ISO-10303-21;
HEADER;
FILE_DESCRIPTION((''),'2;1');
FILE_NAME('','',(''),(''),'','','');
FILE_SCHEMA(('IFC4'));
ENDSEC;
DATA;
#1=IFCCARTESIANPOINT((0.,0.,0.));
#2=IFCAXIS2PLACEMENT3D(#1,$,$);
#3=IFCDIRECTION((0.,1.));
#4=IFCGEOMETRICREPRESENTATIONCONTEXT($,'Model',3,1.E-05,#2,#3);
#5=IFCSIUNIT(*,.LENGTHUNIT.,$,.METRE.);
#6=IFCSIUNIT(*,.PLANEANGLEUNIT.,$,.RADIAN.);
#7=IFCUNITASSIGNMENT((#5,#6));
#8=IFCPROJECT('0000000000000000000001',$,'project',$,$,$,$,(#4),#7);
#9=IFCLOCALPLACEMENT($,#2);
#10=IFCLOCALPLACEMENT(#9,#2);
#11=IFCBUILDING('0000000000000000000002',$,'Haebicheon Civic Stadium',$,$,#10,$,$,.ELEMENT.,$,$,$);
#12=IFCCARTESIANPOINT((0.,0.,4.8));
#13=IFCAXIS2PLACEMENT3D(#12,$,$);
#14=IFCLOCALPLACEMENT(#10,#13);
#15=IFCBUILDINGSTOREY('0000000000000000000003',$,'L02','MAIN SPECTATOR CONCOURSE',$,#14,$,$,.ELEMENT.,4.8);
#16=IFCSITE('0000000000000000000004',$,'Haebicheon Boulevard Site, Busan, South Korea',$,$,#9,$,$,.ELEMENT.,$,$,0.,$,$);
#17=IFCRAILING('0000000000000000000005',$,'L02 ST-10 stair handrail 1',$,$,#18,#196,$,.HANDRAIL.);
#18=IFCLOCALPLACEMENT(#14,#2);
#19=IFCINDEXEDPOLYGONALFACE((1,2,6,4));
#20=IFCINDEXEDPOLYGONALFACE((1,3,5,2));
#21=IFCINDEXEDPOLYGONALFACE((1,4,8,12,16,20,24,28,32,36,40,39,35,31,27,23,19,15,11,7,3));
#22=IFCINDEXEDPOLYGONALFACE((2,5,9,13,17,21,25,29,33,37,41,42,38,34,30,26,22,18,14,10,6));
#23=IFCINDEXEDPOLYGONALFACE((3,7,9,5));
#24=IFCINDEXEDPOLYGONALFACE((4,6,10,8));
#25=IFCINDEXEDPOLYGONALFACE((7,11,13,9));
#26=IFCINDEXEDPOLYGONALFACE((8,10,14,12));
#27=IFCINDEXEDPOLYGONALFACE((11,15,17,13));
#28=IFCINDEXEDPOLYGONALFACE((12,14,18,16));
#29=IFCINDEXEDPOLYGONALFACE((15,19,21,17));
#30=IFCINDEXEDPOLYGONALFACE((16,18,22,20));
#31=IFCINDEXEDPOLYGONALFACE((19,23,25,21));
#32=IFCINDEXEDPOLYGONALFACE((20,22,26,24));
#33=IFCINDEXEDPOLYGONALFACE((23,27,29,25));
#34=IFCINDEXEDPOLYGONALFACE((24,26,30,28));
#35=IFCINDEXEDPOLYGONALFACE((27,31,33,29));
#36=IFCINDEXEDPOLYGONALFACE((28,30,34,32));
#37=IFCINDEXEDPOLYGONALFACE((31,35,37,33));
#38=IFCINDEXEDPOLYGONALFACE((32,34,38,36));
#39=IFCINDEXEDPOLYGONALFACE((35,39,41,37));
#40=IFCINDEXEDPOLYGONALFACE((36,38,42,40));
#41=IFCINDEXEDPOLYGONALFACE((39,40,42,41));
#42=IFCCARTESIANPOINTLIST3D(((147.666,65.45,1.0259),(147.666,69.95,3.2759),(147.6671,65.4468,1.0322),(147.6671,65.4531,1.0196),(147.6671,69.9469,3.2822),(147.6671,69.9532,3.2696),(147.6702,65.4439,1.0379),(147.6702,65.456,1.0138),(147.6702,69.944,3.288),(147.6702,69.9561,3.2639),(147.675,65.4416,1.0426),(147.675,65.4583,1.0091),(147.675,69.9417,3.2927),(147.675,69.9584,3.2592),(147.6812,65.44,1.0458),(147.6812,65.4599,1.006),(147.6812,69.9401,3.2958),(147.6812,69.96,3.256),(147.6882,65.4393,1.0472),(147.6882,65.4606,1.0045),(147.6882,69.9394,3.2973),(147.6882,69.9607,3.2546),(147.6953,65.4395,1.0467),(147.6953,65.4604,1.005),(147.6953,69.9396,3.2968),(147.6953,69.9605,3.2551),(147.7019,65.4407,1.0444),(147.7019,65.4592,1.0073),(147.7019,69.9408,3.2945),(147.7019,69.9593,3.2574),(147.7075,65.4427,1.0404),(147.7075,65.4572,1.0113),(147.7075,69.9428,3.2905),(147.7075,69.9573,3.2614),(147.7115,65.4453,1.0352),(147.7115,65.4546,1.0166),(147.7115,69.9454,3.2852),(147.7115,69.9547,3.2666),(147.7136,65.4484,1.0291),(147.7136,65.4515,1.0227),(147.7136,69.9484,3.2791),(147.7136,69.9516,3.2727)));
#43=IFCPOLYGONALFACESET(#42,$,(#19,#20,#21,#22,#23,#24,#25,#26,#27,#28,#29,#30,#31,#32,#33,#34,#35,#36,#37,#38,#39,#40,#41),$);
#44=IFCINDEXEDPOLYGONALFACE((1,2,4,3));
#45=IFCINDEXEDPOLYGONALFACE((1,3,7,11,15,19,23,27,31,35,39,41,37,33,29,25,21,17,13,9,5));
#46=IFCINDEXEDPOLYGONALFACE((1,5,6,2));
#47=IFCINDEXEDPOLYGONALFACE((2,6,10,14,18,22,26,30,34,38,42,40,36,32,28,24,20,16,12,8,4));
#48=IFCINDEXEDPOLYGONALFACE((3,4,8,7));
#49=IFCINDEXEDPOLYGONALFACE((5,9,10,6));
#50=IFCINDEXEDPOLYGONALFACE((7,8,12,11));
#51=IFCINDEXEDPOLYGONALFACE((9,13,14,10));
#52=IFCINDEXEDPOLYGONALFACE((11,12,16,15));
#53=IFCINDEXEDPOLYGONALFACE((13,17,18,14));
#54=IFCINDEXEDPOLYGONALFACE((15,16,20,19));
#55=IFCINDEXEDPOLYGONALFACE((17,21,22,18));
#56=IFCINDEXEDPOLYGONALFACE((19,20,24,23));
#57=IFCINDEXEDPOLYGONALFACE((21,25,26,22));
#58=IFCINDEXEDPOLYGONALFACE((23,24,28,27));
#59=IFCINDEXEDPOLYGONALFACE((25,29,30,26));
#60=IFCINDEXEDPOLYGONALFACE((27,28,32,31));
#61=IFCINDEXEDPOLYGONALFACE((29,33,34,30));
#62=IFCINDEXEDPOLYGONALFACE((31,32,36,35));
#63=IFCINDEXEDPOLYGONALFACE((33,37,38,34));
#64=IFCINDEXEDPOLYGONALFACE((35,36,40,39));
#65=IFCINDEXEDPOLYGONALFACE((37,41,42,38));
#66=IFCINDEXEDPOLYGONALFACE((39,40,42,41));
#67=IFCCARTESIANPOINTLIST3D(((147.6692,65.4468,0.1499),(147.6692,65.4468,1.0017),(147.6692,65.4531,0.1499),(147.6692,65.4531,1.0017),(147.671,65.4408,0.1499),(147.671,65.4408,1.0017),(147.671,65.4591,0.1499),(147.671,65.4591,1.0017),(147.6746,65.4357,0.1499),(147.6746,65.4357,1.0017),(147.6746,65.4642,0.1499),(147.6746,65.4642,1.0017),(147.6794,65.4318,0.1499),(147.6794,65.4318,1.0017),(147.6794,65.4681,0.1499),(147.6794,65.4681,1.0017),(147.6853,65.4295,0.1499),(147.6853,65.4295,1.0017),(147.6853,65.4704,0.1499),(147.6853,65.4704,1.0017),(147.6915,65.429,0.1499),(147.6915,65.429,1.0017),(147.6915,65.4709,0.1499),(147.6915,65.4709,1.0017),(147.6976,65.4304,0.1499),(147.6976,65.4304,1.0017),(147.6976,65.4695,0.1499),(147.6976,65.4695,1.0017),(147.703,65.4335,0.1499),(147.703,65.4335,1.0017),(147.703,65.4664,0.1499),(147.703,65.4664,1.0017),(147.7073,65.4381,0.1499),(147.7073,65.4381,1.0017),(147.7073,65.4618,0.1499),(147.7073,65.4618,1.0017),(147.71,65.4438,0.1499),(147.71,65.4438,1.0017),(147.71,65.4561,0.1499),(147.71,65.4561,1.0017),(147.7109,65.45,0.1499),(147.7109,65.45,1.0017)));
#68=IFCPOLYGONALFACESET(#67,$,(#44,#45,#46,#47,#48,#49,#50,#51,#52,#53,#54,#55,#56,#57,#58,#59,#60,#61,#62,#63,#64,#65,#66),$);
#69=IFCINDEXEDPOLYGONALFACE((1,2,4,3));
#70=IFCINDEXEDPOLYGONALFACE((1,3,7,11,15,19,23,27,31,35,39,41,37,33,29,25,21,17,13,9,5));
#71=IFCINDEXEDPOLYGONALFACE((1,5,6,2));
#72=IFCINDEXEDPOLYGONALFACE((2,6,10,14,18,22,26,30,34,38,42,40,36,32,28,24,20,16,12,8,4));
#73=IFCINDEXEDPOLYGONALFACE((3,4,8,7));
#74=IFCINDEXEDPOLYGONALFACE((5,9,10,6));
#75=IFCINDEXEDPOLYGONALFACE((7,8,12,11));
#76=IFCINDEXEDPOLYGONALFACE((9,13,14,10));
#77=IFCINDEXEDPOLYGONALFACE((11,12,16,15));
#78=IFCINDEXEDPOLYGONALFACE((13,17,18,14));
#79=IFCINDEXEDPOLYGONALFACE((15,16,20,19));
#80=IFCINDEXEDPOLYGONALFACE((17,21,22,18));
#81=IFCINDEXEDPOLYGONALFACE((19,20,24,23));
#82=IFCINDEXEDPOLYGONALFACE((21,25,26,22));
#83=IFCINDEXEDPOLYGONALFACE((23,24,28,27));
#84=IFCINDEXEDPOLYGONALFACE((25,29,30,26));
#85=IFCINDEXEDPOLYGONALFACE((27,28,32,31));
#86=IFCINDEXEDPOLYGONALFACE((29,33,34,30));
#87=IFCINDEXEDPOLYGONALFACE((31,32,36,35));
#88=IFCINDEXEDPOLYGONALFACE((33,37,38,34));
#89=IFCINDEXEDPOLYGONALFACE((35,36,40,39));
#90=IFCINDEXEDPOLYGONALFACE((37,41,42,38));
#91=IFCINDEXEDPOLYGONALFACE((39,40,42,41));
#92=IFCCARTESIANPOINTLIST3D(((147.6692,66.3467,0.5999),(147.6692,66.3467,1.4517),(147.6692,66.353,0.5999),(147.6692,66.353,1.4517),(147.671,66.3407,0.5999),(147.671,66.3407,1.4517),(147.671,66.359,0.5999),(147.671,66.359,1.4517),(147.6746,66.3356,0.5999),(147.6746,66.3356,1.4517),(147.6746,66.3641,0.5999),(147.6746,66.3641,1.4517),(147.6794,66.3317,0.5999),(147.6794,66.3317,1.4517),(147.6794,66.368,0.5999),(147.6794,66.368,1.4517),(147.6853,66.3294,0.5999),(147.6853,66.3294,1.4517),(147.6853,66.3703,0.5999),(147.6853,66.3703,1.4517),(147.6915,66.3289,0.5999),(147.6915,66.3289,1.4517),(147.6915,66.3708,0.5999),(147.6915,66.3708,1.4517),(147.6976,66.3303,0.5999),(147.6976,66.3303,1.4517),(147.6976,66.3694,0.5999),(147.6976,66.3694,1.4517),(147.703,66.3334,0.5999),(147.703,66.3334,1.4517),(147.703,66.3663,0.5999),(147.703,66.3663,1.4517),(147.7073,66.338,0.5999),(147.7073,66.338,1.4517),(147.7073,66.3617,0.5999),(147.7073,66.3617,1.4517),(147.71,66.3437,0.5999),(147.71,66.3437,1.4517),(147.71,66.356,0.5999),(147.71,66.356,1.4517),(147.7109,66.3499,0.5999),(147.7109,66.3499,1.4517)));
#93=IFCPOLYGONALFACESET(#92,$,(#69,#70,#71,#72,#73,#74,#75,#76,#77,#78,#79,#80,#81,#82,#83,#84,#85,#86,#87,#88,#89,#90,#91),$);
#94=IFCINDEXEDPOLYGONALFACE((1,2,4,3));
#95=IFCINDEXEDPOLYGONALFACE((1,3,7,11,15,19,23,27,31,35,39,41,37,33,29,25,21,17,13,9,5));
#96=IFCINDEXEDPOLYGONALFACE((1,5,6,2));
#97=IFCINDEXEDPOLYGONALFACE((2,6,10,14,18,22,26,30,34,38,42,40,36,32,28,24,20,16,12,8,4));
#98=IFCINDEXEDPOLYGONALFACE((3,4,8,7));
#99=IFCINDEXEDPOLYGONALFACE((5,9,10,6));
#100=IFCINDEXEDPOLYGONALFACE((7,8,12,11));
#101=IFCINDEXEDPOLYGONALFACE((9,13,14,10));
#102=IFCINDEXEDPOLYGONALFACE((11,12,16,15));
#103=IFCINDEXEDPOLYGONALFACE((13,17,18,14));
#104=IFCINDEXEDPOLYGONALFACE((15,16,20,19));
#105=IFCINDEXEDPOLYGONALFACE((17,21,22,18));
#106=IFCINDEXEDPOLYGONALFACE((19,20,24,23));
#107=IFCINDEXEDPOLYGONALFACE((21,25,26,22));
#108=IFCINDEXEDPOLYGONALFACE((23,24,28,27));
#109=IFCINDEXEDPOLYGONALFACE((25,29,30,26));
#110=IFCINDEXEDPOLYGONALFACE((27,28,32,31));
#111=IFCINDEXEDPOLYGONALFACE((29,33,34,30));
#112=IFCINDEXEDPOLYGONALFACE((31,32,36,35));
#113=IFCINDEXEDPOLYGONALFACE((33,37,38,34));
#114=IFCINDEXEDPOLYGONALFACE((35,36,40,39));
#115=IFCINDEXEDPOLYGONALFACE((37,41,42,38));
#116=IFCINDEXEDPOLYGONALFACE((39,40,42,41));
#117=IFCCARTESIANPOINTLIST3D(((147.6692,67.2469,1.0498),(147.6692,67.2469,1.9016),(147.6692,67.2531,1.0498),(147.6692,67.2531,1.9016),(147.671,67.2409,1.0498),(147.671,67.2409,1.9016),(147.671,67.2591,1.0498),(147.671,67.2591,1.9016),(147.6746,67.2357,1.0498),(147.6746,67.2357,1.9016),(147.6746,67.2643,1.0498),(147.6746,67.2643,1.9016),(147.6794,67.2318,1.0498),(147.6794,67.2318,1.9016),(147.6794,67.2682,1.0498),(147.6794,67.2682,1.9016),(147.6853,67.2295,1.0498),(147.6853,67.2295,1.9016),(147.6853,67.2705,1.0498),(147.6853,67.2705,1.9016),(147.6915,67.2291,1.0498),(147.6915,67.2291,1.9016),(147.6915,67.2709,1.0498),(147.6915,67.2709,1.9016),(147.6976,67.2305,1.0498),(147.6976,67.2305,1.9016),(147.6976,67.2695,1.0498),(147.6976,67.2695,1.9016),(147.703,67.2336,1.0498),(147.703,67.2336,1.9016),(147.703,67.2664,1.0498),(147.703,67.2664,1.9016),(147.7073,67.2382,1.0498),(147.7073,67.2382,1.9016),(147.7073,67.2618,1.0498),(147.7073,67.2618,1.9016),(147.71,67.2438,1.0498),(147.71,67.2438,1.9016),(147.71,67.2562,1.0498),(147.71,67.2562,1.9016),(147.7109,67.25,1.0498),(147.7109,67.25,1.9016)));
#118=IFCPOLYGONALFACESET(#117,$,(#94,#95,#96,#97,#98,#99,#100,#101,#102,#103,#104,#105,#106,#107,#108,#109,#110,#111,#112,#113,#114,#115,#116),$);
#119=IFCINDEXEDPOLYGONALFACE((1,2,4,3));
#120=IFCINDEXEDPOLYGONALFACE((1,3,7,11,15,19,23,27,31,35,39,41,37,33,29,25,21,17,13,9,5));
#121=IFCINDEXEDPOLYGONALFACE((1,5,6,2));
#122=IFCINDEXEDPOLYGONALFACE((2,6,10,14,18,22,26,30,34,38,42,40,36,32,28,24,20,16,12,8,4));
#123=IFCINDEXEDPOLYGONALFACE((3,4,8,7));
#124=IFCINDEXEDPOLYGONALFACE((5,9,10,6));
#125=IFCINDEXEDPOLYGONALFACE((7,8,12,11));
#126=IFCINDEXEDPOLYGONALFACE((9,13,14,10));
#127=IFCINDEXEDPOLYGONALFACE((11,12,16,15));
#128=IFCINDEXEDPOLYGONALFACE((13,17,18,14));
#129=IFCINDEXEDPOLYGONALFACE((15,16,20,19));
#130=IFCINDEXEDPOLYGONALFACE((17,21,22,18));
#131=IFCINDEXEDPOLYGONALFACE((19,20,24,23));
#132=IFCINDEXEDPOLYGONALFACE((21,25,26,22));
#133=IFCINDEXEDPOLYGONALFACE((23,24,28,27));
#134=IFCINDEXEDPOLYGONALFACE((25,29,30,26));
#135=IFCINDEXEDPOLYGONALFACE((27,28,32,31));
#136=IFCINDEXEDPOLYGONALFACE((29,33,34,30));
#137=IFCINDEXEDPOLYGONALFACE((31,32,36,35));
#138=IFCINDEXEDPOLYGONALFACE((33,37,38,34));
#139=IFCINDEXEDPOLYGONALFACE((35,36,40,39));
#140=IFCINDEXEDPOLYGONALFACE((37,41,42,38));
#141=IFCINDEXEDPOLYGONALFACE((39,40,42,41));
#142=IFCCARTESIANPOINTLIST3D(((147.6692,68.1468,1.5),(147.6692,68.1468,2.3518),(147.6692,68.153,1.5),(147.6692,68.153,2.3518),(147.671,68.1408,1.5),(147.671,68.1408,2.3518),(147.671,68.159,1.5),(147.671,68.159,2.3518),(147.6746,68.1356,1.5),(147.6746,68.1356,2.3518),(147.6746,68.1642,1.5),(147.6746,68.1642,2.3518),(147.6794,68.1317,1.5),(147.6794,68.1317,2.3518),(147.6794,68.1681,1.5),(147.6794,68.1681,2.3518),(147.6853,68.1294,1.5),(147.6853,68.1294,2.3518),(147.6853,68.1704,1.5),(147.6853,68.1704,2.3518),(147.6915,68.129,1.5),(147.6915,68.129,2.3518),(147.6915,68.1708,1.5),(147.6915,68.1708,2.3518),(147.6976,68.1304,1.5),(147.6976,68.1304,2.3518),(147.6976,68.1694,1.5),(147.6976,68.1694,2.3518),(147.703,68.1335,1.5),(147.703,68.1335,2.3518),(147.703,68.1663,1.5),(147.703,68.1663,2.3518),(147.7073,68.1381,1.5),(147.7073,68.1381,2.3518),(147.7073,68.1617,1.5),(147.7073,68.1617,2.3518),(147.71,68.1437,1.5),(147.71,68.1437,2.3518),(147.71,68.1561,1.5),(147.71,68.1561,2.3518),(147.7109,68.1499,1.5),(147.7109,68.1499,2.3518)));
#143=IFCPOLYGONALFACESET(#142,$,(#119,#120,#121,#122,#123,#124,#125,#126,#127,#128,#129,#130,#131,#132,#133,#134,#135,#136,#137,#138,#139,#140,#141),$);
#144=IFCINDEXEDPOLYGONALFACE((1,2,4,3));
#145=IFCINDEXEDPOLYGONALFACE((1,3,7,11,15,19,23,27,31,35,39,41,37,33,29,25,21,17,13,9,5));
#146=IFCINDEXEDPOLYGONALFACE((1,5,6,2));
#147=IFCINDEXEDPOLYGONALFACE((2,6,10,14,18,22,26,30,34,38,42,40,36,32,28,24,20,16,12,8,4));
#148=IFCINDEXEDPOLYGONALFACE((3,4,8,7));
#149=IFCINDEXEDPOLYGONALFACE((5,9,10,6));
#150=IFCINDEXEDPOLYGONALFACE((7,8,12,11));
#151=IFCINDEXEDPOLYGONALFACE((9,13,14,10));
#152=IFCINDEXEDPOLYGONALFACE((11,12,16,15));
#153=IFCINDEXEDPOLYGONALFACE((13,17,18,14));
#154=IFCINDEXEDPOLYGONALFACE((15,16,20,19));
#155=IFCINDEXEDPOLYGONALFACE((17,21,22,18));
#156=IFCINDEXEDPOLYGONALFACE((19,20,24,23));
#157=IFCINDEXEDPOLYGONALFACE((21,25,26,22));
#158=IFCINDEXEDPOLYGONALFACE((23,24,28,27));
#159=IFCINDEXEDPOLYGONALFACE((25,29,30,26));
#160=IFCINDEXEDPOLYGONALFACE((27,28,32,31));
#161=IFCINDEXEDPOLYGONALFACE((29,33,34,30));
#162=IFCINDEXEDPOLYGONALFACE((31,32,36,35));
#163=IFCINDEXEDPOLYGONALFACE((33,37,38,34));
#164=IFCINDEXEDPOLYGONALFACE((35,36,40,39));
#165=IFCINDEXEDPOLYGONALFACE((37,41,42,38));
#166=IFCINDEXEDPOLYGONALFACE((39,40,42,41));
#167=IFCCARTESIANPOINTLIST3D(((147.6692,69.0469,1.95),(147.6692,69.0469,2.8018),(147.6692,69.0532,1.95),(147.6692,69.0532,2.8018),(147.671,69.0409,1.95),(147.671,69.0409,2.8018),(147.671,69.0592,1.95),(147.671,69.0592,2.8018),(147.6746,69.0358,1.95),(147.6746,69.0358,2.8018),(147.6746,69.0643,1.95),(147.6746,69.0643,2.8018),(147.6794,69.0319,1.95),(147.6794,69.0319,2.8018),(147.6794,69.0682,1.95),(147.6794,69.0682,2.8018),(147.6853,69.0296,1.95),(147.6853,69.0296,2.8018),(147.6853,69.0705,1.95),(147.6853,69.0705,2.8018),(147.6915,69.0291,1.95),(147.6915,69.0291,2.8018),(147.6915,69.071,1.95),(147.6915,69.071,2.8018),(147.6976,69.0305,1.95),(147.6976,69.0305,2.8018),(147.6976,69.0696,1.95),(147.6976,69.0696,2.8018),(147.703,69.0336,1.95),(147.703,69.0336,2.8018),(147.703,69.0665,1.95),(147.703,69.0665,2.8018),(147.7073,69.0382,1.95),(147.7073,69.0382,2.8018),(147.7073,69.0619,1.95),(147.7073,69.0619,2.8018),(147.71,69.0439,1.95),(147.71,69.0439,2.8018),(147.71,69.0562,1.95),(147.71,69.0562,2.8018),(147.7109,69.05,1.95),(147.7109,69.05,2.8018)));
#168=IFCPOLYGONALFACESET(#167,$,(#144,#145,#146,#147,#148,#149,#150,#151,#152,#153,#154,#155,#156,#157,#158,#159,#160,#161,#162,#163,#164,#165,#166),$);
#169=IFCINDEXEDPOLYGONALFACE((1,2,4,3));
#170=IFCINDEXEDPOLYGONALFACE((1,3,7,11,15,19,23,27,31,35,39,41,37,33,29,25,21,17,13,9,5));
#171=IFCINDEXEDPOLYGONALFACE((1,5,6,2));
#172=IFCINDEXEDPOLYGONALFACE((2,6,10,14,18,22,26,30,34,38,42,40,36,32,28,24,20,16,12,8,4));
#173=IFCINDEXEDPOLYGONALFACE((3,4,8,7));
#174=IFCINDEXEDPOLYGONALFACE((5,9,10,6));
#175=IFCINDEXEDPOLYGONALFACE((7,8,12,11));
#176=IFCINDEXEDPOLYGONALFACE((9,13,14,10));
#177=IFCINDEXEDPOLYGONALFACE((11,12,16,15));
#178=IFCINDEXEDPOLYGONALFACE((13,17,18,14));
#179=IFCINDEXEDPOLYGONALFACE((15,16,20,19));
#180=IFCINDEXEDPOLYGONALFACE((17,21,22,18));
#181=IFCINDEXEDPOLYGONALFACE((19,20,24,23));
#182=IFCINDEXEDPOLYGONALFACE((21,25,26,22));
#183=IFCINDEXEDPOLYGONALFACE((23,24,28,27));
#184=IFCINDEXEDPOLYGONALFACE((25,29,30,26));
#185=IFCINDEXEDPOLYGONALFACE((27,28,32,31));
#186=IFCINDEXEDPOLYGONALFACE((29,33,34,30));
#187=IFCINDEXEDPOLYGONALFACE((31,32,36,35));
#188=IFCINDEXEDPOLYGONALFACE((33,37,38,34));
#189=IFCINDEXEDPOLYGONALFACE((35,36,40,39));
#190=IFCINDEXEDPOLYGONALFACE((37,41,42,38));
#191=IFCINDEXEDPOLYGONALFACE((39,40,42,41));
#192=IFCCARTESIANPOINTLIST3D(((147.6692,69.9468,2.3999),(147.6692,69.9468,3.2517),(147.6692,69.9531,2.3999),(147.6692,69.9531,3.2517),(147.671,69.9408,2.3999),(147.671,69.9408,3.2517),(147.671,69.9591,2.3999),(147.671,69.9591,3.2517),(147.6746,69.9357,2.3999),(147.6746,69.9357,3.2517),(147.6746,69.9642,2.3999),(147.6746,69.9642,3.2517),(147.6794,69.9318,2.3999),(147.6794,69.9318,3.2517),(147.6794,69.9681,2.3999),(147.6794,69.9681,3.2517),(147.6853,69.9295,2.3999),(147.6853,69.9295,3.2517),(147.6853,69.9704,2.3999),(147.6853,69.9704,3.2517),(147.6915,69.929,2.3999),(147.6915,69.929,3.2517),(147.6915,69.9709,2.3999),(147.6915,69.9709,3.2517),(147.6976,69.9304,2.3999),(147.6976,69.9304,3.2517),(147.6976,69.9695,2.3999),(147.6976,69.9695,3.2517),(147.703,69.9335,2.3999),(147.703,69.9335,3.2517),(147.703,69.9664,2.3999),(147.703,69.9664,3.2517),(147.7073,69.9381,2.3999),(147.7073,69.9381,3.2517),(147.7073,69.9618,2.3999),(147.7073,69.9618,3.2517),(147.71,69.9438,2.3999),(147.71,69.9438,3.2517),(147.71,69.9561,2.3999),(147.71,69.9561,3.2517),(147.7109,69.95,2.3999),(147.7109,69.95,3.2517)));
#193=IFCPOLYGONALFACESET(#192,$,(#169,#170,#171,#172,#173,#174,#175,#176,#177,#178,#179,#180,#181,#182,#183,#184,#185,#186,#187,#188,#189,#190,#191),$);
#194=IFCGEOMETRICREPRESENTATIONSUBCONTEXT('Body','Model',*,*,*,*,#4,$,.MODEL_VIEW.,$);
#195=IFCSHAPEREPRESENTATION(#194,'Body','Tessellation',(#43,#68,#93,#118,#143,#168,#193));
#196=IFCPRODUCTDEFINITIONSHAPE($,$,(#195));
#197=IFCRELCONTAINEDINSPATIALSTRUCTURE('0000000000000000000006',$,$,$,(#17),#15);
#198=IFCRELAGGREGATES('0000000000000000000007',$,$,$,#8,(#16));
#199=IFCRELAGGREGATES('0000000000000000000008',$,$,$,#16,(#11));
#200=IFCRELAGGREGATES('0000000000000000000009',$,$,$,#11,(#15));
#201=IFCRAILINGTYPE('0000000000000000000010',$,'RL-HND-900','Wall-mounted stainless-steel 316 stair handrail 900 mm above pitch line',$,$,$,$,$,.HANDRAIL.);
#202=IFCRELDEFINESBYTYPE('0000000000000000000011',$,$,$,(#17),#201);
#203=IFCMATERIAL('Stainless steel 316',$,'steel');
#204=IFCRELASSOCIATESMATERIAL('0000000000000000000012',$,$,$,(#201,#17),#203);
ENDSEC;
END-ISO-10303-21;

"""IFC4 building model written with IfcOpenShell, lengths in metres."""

from ifc_helpers import new_model, si_unit, direction, frame, origin, origin_2d, place, context, subcontext, project, spatial, circle, extrude, material, type_object, element, save


model = new_model("IFC4")

# Units and contexts
model_context = context("Model", 3, precision=1e-05, world=origin(), true_north=direction((0.0, 1.0)))
body_context = subcontext(model_context, "Body", "Model", "MODEL_VIEW")
ifc_project = project(units=[si_unit("LENGTHUNIT", "METRE"), si_unit("PLANEANGLEUNIT", "RADIAN")], contexts=[model_context])

# Site, building, storey
site_placement = place(None, origin())
site = spatial("IfcSite", under=ifc_project, at=site_placement, Name="Haebicheon Boulevard Site, Busan, South Korea", CompositionType="ELEMENT", RefElevation=0.0)
building_placement = place(site_placement, origin())
building = spatial("IfcBuilding", under=site, at=building_placement, Name="Haebicheon Civic Stadium", CompositionType="ELEMENT")
storey_placement = place(building_placement, frame((0.0, 0.0, 4.8)))
storey = spatial("IfcBuildingStorey", under=building, at=storey_placement, Name="L02", Description="MAIN SPECTATOR CONCOURSE", CompositionType="ELEMENT", Elevation=4.8)

# Railing
ifc_material_1 = material(Name="Stainless steel 316", Category="steel")
railing_type_1 = type_object("IfcRailingType", Name="RL-HND-900", Description="Wall-mounted stainless-steel 316 stair handrail 900 mm above pitch line", PredefinedType="HANDRAIL", material=ifc_material_1)
railing_1_placement = place(storey_placement, frame((147.6899, 65.45, 0.1499)))
element("IfcRailing", 1, at=railing_1_placement, inside=storey, type_object=railing_type_1, material=ifc_material_1, Name="L02 ST-10 stair handrail 1", PredefinedType="HANDRAIL", context=body_context, shape_type="SweptSolid", body=[
    extrude(circle(Radius=0.0239, at=origin_2d()), frame((0.0, 0.0, 0.876), z_axis=(0.0, 0.894427, 0.447214), x_axis=(-1.0, 0.0, 0.0)), (0.0, 0.0, 1.0), 5.0312),
    extrude(circle(Radius=0.021, at=origin_2d()), origin(), (0.0, 0.0, 1.0), 0.8518),
    extrude(circle(Radius=0.021, at=origin_2d()), frame((0.0, 0.8999, 0.45)), (0.0, 0.0, 1.0), 0.8518),
    extrude(circle(Radius=0.021, at=origin_2d()), frame((0.0, 1.8, 0.8999)), (0.0, 0.0, 1.0), 0.8518),
    extrude(circle(Radius=0.021, at=origin_2d()), frame((0.0, 2.7, 1.3501)), (0.0, 0.0, 1.0), 0.8518),
    extrude(circle(Radius=0.021, at=origin_2d()), frame((0.0, 3.6001, 1.8)), (0.0, 0.0, 1.0), 0.8518),
    extrude(circle(Radius=0.021, at=origin_2d()), frame((0.0, 4.5, 2.25)), (0.0, 0.0, 1.0), 0.8518),
])

save(model, "model.ifc")
